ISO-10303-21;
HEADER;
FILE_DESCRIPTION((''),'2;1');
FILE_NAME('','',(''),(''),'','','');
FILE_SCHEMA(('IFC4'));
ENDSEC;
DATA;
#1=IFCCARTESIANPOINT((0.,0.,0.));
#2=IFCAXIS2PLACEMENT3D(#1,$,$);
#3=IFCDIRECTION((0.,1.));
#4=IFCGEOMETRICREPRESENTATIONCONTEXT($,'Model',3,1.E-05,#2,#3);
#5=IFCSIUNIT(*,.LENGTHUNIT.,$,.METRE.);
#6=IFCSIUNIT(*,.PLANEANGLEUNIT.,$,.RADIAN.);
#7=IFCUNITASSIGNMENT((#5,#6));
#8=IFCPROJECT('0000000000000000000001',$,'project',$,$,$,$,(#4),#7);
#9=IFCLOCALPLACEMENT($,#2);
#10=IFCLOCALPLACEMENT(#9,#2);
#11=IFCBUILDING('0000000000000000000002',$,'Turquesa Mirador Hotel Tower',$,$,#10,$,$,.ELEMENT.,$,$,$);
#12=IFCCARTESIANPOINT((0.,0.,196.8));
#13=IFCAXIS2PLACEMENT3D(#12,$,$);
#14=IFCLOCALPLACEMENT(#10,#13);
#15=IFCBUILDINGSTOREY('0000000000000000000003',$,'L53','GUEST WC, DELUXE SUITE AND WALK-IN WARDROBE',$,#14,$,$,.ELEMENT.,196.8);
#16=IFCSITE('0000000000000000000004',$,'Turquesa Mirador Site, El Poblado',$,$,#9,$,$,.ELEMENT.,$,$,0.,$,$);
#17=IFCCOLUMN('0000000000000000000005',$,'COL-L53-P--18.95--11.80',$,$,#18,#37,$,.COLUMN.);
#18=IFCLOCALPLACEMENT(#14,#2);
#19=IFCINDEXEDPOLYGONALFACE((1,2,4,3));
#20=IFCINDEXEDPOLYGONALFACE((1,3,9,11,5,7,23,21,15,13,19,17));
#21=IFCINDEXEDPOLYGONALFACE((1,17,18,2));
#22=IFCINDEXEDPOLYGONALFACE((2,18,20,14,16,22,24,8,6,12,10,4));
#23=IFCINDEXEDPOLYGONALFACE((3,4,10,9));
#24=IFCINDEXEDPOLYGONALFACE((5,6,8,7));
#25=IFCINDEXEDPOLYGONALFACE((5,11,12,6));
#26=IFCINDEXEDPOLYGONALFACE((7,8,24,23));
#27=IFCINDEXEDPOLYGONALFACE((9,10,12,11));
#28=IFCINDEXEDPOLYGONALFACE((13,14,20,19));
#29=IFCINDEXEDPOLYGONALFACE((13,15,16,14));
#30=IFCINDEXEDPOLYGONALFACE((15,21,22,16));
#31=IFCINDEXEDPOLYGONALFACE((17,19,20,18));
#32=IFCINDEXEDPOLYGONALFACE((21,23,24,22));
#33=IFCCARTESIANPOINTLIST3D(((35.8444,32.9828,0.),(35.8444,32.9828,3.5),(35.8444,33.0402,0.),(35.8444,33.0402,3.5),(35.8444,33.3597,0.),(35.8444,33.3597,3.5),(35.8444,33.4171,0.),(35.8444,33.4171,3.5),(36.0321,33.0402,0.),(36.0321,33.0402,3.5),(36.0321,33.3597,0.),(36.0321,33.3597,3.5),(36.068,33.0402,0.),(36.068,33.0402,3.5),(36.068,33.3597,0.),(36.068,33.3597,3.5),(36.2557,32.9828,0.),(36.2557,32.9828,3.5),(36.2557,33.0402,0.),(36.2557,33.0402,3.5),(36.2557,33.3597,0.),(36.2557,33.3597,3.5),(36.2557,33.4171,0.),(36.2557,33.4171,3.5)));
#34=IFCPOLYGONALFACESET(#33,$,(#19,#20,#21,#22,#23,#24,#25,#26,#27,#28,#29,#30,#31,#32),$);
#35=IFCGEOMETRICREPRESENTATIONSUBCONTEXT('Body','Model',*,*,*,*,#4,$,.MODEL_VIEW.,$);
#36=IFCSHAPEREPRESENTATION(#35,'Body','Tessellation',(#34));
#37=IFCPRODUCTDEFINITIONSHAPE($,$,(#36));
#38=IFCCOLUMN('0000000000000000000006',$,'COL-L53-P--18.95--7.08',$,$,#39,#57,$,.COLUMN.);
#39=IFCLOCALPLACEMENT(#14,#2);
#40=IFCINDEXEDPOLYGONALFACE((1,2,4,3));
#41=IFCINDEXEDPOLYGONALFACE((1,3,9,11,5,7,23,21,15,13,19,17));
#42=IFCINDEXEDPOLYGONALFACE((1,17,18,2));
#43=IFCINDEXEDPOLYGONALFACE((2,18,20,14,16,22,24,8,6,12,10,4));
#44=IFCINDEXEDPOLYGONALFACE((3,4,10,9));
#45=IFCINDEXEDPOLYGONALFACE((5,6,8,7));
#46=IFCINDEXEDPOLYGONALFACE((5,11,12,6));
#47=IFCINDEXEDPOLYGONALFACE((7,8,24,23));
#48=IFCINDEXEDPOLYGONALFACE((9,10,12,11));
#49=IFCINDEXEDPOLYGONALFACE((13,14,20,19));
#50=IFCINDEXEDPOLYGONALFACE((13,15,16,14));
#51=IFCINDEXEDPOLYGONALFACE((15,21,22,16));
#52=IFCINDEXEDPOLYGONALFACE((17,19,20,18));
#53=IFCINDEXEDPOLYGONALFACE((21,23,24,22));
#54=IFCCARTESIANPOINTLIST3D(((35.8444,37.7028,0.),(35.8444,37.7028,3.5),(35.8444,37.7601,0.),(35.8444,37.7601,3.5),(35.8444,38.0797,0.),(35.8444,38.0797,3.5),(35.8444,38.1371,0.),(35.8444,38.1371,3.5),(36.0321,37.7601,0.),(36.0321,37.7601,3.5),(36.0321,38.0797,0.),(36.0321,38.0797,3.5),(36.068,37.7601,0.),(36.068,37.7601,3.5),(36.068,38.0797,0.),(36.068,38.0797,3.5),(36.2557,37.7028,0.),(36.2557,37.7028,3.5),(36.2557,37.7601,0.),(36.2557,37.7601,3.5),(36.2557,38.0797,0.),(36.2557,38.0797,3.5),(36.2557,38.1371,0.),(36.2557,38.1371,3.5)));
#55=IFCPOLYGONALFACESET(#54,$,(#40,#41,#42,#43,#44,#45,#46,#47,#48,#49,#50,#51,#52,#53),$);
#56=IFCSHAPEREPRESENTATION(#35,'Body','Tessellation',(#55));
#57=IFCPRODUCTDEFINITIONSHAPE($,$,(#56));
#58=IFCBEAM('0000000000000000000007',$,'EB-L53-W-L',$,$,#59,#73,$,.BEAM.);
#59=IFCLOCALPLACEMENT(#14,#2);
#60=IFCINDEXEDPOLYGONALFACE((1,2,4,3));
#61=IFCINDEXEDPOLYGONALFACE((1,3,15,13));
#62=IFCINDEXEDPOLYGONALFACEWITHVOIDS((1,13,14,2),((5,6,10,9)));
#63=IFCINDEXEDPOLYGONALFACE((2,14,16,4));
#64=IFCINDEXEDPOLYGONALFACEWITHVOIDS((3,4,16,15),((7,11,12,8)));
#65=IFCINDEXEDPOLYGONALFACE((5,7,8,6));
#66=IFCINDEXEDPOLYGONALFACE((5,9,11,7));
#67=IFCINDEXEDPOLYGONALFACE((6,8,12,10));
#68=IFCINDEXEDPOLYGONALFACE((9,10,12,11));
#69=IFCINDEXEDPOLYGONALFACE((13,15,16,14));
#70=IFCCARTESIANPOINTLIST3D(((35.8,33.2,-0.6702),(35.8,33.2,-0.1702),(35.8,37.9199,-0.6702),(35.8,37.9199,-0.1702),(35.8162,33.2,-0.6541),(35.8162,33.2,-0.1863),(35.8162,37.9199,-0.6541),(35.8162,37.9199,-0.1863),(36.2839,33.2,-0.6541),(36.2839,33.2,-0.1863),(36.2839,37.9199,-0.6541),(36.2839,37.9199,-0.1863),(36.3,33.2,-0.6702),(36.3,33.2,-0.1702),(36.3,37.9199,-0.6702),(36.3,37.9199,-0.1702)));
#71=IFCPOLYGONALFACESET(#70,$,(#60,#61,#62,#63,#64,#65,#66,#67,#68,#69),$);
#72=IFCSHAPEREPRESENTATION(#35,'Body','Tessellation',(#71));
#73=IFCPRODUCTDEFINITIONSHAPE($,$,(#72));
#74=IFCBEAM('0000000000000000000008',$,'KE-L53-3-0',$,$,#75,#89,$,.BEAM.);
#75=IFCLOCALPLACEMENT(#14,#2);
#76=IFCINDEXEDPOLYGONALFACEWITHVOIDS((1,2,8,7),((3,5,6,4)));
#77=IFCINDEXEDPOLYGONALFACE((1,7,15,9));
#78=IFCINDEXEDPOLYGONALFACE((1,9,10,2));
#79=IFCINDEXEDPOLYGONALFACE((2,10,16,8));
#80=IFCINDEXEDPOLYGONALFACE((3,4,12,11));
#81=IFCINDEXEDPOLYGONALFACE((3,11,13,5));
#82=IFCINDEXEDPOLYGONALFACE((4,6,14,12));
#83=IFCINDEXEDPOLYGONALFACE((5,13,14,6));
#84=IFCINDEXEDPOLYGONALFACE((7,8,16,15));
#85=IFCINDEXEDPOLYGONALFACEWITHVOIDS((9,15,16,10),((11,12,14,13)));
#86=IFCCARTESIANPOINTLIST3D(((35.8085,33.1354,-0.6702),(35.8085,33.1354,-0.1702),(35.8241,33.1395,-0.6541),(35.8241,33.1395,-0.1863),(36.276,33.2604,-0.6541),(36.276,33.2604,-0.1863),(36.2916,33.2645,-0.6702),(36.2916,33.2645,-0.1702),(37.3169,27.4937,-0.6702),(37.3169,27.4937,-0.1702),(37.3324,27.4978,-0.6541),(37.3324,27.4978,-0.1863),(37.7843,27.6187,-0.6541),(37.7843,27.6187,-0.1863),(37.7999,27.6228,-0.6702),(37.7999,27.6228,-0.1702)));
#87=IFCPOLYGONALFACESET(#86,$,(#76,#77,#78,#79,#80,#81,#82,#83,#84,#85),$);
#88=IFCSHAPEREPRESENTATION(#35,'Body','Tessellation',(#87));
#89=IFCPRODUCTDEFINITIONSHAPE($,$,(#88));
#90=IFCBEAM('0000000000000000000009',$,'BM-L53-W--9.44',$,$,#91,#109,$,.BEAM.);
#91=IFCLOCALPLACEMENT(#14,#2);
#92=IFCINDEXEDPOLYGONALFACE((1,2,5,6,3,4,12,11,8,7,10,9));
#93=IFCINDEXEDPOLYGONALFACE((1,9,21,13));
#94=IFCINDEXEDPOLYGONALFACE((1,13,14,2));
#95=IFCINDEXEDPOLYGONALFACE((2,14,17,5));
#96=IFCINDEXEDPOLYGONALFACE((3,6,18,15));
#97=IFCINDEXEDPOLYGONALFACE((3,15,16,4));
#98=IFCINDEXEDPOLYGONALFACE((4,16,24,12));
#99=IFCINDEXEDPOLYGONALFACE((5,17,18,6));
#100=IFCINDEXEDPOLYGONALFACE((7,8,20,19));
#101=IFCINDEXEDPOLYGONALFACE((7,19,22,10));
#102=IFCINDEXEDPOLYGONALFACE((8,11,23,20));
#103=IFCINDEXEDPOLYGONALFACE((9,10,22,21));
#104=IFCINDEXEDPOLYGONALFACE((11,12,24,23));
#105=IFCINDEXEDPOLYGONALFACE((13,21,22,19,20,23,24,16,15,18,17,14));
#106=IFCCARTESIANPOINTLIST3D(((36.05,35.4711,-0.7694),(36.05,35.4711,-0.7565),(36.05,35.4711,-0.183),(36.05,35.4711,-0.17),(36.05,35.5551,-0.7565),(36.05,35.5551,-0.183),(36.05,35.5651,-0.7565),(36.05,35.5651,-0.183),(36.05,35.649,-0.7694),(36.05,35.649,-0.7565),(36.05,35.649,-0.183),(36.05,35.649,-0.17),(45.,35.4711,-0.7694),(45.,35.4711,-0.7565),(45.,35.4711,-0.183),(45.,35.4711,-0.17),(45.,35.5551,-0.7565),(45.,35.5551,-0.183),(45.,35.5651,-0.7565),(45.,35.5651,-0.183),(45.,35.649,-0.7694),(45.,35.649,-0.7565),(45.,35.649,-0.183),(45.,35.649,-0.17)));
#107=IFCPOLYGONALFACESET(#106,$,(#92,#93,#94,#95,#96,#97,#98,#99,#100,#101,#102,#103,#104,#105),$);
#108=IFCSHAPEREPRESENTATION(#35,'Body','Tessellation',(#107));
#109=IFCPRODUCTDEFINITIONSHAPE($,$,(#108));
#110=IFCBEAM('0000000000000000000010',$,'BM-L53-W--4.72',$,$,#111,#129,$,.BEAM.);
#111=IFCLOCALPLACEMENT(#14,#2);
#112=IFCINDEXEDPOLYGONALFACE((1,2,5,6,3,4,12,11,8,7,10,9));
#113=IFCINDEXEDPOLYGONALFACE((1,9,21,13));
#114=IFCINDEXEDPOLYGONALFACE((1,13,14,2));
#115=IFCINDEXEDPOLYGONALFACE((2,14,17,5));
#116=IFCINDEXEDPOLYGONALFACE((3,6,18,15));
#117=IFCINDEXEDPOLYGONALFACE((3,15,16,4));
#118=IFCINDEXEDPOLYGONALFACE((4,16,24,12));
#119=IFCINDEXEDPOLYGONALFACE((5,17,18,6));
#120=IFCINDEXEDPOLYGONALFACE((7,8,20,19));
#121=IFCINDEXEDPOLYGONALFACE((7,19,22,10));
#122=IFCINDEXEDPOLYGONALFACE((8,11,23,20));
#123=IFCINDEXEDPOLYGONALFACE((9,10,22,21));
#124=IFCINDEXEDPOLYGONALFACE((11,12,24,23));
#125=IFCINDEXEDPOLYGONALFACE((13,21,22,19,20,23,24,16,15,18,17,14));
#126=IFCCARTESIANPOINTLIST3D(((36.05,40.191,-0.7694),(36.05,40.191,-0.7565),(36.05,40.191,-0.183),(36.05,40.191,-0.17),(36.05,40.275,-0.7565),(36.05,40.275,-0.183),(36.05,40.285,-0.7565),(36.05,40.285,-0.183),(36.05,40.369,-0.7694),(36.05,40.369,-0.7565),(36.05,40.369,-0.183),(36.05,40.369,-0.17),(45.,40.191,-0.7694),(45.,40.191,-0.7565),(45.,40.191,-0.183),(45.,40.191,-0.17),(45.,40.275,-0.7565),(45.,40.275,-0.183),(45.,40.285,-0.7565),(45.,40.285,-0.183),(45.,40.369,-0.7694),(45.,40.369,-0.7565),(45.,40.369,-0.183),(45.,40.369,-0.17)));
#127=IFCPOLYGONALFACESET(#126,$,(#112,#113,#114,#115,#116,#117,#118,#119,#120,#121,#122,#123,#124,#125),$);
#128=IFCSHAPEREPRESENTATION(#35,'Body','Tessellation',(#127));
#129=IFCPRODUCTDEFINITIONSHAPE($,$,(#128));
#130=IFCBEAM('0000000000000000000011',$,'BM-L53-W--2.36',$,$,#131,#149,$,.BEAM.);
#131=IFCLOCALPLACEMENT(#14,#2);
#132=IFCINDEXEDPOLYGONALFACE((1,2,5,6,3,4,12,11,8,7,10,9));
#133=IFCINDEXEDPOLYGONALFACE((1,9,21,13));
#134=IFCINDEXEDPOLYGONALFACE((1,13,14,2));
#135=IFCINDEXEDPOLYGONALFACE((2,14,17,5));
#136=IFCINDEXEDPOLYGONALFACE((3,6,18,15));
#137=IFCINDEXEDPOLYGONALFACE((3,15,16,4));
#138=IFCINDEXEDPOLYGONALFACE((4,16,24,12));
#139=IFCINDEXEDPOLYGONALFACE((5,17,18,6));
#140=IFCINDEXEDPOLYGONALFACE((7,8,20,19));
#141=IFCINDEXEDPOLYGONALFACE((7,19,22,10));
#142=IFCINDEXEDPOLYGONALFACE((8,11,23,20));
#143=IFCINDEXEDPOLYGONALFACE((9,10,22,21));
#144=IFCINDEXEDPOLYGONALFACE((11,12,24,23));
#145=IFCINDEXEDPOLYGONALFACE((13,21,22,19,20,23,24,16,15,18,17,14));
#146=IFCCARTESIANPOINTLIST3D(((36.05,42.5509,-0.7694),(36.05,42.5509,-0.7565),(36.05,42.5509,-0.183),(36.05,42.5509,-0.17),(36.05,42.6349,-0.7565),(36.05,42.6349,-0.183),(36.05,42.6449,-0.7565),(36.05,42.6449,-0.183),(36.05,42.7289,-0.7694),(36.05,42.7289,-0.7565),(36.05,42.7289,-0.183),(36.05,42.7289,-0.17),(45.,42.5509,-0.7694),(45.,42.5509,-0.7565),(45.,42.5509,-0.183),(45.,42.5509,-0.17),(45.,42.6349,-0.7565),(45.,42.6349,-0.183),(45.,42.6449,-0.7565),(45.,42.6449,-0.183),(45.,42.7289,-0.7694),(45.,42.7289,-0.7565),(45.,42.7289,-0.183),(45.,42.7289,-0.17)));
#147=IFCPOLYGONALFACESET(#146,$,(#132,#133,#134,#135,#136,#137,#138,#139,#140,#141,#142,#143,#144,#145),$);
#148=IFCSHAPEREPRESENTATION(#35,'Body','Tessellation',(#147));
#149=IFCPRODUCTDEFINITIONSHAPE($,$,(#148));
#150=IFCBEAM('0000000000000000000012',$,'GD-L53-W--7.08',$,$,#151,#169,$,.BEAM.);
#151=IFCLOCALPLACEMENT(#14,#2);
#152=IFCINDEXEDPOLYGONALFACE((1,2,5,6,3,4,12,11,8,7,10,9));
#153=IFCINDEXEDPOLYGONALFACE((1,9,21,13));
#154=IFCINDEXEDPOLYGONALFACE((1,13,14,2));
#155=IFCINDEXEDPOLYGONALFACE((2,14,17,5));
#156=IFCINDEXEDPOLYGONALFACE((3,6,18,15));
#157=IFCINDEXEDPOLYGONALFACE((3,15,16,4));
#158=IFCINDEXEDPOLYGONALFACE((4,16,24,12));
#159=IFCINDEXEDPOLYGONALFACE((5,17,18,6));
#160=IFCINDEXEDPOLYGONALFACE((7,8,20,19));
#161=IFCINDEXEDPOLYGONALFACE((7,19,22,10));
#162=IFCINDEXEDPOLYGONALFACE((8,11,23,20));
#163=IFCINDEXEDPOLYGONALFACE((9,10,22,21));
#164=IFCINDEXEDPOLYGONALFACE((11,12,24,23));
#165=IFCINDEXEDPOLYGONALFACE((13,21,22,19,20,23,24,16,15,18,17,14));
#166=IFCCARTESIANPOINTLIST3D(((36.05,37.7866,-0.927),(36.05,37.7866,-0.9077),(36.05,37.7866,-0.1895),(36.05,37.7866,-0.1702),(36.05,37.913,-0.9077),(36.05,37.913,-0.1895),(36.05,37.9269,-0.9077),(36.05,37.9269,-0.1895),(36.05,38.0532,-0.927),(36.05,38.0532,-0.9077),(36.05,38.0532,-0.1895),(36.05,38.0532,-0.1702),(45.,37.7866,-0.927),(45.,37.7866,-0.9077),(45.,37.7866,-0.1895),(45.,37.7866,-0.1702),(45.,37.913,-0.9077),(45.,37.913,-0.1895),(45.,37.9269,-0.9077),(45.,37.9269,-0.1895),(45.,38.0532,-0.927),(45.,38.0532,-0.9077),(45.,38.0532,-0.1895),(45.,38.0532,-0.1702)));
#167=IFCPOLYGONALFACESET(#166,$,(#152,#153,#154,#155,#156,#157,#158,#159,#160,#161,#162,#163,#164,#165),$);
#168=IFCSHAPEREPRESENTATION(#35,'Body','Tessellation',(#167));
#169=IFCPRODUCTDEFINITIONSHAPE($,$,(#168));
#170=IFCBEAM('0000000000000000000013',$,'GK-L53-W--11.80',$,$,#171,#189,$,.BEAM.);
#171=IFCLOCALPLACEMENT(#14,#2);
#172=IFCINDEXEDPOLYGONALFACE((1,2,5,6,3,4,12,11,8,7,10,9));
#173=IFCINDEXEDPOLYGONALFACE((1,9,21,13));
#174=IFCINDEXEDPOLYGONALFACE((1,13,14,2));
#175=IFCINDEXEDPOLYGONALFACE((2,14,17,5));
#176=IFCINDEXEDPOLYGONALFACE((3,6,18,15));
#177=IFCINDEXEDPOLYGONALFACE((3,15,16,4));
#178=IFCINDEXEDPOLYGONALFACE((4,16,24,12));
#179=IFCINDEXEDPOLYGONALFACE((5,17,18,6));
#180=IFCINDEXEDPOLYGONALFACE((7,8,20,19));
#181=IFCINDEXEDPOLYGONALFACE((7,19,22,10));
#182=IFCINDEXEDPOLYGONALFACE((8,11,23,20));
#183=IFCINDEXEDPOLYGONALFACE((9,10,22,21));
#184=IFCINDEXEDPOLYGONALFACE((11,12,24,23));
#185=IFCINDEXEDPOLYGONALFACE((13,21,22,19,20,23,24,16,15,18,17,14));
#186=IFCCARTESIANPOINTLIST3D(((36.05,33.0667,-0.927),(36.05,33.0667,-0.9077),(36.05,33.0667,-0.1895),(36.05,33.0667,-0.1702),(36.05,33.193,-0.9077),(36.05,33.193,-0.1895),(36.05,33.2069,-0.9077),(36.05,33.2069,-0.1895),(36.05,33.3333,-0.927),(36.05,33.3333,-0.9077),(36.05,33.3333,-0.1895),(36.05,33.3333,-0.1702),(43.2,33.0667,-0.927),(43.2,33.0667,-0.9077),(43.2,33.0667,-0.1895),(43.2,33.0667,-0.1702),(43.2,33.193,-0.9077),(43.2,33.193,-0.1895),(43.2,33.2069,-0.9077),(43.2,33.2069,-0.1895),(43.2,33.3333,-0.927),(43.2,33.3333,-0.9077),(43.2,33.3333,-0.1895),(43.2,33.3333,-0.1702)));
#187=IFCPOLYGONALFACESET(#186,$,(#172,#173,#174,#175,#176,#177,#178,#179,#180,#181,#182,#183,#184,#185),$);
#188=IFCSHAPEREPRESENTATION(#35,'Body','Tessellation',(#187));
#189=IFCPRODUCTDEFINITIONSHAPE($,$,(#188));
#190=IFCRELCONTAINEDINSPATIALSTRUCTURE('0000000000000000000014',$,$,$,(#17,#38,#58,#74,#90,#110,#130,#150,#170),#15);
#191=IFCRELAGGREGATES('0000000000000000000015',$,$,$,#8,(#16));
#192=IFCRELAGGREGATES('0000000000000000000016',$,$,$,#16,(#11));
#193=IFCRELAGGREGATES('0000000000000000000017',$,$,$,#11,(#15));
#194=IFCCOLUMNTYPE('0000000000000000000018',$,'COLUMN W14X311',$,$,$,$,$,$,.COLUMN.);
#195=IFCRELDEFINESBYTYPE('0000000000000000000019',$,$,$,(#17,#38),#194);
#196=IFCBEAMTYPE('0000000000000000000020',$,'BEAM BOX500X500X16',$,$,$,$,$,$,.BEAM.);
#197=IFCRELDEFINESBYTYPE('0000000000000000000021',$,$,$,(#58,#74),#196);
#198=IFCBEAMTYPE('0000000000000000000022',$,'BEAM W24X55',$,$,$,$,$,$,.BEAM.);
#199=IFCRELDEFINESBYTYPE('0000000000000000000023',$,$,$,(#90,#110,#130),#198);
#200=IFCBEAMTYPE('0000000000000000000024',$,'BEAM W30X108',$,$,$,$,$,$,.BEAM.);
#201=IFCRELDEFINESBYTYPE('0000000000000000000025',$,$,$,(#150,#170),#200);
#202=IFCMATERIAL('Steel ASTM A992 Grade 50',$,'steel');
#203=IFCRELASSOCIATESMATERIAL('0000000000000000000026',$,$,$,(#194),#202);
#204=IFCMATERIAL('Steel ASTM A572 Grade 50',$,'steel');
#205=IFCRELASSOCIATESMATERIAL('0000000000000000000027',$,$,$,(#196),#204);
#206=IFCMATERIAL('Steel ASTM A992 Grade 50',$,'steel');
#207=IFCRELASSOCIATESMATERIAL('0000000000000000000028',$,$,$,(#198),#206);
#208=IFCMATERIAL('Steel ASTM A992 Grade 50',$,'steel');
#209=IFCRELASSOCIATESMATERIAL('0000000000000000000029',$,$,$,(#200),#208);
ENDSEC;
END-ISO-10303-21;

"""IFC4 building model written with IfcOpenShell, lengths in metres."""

from ifc_helpers import new_model, si_unit, direction, frame, origin, origin_2d, place, context, subcontext, project, spatial, hollow_rectangle, i_section, extrude, material, material_profile, profile_set, type_object, element, save


model = new_model("IFC4")

# Units and contexts
model_context = context("Model", 3, precision=1e-05, world=origin(), true_north=direction((0.0, 1.0)))
body_context = subcontext(model_context, "Body", "Model", "MODEL_VIEW")
ifc_project = project(units=[si_unit("LENGTHUNIT", "METRE"), si_unit("PLANEANGLEUNIT", "RADIAN")], contexts=[model_context])

# Site, building, storey
site_placement = place(None, origin())
site = spatial("IfcSite", under=ifc_project, at=site_placement, Name="Turquesa Mirador Site, El Poblado", CompositionType="ELEMENT", RefElevation=0.0)
building_placement = place(site_placement, origin())
building = spatial("IfcBuilding", under=site, at=building_placement, Name="Turquesa Mirador Hotel Tower", CompositionType="ELEMENT")
storey_placement = place(building_placement, frame((0.0, 0.0, 196.8)))
storey = spatial("IfcBuildingStorey", under=building, at=storey_placement, Name="L53", Description="GUEST WC, DELUXE SUITE AND WALK-IN WARDROBE", CompositionType="ELEMENT", Elevation=196.8)

# Columns
ifc_material_1 = material(Name="Steel ASTM A992 Grade 50", Category="steel")
ifc_material_profile_1 = material_profile(ifc_material_1, i_section(OverallWidth=0.4114, OverallDepth=0.4343, WebThickness=0.0359, FlangeThickness=0.0574, at=origin_2d()), Name="W14X311")
ifc_profile_set_1 = profile_set([ifc_material_profile_1], Name="Steel ASTM A992 Grade 50")
column_type = type_object("IfcColumnType", Name="COLUMN W14X311", PredefinedType="COLUMN", material=ifc_profile_set_1)
for number, where, z_axis, x_axis, name in (
    (1, (36.05, 33.2, 0.0), (0.0, 0.0, 1.0), (1.0, 0.0, 0.0), "COL-L53-P--18.95--11.80"),
    (2, (36.05, 37.9199, 0.0), (0.0, 0.0, 1.0), (1.0, 0.0, 0.0), "COL-L53-P--18.95--7.08"),
):
    element("IfcColumn", number, at=place(storey_placement, frame(where, z_axis=z_axis, x_axis=x_axis)), inside=storey, type_object=column_type, Name=name, PredefinedType="COLUMN", context=body_context, shape_type="SweptSolid", body=[
        extrude(i_section(OverallWidth=0.4114, OverallDepth=0.4343, WebThickness=0.0359, FlangeThickness=0.0574, at=origin_2d()), origin(), (0.0, 0.0, 1.0), 3.5),
    ])

# Beams
ifc_material_2 = material(Name="Steel ASTM A572 Grade 50", Category="steel")
ifc_material_profile_2 = material_profile(ifc_material_2, hollow_rectangle(XDim=0.5, YDim=0.5, WallThickness=0.0161, at=origin_2d()), Name="BOX500X500X16")
ifc_profile_set_2 = profile_set([ifc_material_profile_2], Name="Steel ASTM A572 Grade 50")
beam_type_1 = type_object("IfcBeamType", Name="BEAM BOX500X500X16", PredefinedType="BEAM", material=ifc_profile_set_2)
beam_1_placement = place(storey_placement, frame((36.05, 33.2, -0.4202), z_axis=(0.0, 1.0, 0.0), x_axis=(-1.0, 0.0, 0.0)))
element("IfcBeam", 3, at=beam_1_placement, inside=storey, type_object=beam_type_1, Name="EB-L53-W-L", PredefinedType="BEAM", context=body_context, shape_type="SweptSolid", body=[
    extrude(hollow_rectangle(XDim=0.5, YDim=0.5, WallThickness=0.0161, at=origin_2d()), origin(), (0.0, 0.0, 1.0), 4.72),
])
beam_2_placement = place(storey_placement, frame((36.05, 33.2, -0.4202), z_axis=(0.258282, -0.96607, 0.0), x_axis=(0.96607, 0.258282, 0.0)))
element("IfcBeam", 4, at=beam_2_placement, inside=storey, type_object=beam_type_1, Name="KE-L53-3-0", PredefinedType="BEAM", context=body_context, shape_type="SweptSolid", body=[
    extrude(hollow_rectangle(XDim=0.5, YDim=0.5, WallThickness=0.0161, at=origin_2d()), origin(), (0.0, 0.0, 1.0), 5.8398),
])
ifc_material_3 = material(Name="Steel ASTM A992 Grade 50", Category="steel")
ifc_material_profile_3 = material_profile(ifc_material_3, i_section(OverallWidth=0.178, OverallDepth=0.5994, WebThickness=0.01, FlangeThickness=0.0129, at=origin_2d()), Name="W24X55")
ifc_profile_set_3 = profile_set([ifc_material_profile_3], Name="Steel ASTM A992 Grade 50")
beam_type_2 = type_object("IfcBeamType", Name="BEAM W24X55", PredefinedType="BEAM", material=ifc_profile_set_3)
for number, where, z_axis, x_axis, name in (
    (5, (36.05, 35.5601, -0.4697), (1.0, 0.0, 0.0), (0.0, 1.0, 0.0), "BM-L53-W--9.44"),
    (6, (36.05, 40.28, -0.4697), (1.0, 0.0, 0.0), (0.0, 1.0, 0.0), "BM-L53-W--4.72"),
    (7, (36.05, 42.6399, -0.4697), (1.0, 0.0, 0.0), (0.0, 1.0, 0.0), "BM-L53-W--2.36"),
):
    element("IfcBeam", number, at=place(storey_placement, frame(where, z_axis=z_axis, x_axis=x_axis)), inside=storey, type_object=beam_type_2, Name=name, PredefinedType="BEAM", context=body_context, shape_type="SweptSolid", body=[
        extrude(i_section(OverallWidth=0.178, OverallDepth=0.5994, WebThickness=0.01, FlangeThickness=0.0129, at=origin_2d()), origin(), (0.0, 0.0, 1.0), 8.95),
    ])
ifc_material_4 = material(Name="Steel ASTM A992 Grade 50", Category="steel")
ifc_material_profile_4 = material_profile(ifc_material_4, i_section(OverallWidth=0.2666, OverallDepth=0.7568, WebThickness=0.0139, FlangeThickness=0.0193, at=origin_2d()), Name="W30X108")
ifc_profile_set_4 = profile_set([ifc_material_profile_4], Name="Steel ASTM A992 Grade 50")
beam_type_3 = type_object("IfcBeamType", Name="BEAM W30X108", PredefinedType="BEAM", material=ifc_profile_set_4)
beam_3_placement = place(storey_placement, frame((36.05, 37.9199, -0.5486), z_axis=(1.0, 0.0, 0.0), x_axis=(0.0, 1.0, 0.0)))
element("IfcBeam", 8, at=beam_3_placement, inside=storey, type_object=beam_type_3, Name="GD-L53-W--7.08", PredefinedType="BEAM", context=body_context, shape_type="SweptSolid", body=[
    extrude(i_section(OverallWidth=0.2666, OverallDepth=0.7568, WebThickness=0.0139, FlangeThickness=0.0193, at=origin_2d()), origin(), (0.0, 0.0, 1.0), 8.95),
])
beam_4_placement = place(storey_placement, frame((36.05, 33.2, -0.5486), z_axis=(1.0, 0.0, 0.0), x_axis=(0.0, 1.0, 0.0)))
element("IfcBeam", 9, at=beam_4_placement, inside=storey, type_object=beam_type_3, Name="GK-L53-W--11.80", PredefinedType="BEAM", context=body_context, shape_type="SweptSolid", body=[
    extrude(i_section(OverallWidth=0.2666, OverallDepth=0.7568, WebThickness=0.0139, FlangeThickness=0.0193, at=origin_2d()), origin(), (0.0, 0.0, 1.0), 7.1499),
])

save(model, "model.ifc")
